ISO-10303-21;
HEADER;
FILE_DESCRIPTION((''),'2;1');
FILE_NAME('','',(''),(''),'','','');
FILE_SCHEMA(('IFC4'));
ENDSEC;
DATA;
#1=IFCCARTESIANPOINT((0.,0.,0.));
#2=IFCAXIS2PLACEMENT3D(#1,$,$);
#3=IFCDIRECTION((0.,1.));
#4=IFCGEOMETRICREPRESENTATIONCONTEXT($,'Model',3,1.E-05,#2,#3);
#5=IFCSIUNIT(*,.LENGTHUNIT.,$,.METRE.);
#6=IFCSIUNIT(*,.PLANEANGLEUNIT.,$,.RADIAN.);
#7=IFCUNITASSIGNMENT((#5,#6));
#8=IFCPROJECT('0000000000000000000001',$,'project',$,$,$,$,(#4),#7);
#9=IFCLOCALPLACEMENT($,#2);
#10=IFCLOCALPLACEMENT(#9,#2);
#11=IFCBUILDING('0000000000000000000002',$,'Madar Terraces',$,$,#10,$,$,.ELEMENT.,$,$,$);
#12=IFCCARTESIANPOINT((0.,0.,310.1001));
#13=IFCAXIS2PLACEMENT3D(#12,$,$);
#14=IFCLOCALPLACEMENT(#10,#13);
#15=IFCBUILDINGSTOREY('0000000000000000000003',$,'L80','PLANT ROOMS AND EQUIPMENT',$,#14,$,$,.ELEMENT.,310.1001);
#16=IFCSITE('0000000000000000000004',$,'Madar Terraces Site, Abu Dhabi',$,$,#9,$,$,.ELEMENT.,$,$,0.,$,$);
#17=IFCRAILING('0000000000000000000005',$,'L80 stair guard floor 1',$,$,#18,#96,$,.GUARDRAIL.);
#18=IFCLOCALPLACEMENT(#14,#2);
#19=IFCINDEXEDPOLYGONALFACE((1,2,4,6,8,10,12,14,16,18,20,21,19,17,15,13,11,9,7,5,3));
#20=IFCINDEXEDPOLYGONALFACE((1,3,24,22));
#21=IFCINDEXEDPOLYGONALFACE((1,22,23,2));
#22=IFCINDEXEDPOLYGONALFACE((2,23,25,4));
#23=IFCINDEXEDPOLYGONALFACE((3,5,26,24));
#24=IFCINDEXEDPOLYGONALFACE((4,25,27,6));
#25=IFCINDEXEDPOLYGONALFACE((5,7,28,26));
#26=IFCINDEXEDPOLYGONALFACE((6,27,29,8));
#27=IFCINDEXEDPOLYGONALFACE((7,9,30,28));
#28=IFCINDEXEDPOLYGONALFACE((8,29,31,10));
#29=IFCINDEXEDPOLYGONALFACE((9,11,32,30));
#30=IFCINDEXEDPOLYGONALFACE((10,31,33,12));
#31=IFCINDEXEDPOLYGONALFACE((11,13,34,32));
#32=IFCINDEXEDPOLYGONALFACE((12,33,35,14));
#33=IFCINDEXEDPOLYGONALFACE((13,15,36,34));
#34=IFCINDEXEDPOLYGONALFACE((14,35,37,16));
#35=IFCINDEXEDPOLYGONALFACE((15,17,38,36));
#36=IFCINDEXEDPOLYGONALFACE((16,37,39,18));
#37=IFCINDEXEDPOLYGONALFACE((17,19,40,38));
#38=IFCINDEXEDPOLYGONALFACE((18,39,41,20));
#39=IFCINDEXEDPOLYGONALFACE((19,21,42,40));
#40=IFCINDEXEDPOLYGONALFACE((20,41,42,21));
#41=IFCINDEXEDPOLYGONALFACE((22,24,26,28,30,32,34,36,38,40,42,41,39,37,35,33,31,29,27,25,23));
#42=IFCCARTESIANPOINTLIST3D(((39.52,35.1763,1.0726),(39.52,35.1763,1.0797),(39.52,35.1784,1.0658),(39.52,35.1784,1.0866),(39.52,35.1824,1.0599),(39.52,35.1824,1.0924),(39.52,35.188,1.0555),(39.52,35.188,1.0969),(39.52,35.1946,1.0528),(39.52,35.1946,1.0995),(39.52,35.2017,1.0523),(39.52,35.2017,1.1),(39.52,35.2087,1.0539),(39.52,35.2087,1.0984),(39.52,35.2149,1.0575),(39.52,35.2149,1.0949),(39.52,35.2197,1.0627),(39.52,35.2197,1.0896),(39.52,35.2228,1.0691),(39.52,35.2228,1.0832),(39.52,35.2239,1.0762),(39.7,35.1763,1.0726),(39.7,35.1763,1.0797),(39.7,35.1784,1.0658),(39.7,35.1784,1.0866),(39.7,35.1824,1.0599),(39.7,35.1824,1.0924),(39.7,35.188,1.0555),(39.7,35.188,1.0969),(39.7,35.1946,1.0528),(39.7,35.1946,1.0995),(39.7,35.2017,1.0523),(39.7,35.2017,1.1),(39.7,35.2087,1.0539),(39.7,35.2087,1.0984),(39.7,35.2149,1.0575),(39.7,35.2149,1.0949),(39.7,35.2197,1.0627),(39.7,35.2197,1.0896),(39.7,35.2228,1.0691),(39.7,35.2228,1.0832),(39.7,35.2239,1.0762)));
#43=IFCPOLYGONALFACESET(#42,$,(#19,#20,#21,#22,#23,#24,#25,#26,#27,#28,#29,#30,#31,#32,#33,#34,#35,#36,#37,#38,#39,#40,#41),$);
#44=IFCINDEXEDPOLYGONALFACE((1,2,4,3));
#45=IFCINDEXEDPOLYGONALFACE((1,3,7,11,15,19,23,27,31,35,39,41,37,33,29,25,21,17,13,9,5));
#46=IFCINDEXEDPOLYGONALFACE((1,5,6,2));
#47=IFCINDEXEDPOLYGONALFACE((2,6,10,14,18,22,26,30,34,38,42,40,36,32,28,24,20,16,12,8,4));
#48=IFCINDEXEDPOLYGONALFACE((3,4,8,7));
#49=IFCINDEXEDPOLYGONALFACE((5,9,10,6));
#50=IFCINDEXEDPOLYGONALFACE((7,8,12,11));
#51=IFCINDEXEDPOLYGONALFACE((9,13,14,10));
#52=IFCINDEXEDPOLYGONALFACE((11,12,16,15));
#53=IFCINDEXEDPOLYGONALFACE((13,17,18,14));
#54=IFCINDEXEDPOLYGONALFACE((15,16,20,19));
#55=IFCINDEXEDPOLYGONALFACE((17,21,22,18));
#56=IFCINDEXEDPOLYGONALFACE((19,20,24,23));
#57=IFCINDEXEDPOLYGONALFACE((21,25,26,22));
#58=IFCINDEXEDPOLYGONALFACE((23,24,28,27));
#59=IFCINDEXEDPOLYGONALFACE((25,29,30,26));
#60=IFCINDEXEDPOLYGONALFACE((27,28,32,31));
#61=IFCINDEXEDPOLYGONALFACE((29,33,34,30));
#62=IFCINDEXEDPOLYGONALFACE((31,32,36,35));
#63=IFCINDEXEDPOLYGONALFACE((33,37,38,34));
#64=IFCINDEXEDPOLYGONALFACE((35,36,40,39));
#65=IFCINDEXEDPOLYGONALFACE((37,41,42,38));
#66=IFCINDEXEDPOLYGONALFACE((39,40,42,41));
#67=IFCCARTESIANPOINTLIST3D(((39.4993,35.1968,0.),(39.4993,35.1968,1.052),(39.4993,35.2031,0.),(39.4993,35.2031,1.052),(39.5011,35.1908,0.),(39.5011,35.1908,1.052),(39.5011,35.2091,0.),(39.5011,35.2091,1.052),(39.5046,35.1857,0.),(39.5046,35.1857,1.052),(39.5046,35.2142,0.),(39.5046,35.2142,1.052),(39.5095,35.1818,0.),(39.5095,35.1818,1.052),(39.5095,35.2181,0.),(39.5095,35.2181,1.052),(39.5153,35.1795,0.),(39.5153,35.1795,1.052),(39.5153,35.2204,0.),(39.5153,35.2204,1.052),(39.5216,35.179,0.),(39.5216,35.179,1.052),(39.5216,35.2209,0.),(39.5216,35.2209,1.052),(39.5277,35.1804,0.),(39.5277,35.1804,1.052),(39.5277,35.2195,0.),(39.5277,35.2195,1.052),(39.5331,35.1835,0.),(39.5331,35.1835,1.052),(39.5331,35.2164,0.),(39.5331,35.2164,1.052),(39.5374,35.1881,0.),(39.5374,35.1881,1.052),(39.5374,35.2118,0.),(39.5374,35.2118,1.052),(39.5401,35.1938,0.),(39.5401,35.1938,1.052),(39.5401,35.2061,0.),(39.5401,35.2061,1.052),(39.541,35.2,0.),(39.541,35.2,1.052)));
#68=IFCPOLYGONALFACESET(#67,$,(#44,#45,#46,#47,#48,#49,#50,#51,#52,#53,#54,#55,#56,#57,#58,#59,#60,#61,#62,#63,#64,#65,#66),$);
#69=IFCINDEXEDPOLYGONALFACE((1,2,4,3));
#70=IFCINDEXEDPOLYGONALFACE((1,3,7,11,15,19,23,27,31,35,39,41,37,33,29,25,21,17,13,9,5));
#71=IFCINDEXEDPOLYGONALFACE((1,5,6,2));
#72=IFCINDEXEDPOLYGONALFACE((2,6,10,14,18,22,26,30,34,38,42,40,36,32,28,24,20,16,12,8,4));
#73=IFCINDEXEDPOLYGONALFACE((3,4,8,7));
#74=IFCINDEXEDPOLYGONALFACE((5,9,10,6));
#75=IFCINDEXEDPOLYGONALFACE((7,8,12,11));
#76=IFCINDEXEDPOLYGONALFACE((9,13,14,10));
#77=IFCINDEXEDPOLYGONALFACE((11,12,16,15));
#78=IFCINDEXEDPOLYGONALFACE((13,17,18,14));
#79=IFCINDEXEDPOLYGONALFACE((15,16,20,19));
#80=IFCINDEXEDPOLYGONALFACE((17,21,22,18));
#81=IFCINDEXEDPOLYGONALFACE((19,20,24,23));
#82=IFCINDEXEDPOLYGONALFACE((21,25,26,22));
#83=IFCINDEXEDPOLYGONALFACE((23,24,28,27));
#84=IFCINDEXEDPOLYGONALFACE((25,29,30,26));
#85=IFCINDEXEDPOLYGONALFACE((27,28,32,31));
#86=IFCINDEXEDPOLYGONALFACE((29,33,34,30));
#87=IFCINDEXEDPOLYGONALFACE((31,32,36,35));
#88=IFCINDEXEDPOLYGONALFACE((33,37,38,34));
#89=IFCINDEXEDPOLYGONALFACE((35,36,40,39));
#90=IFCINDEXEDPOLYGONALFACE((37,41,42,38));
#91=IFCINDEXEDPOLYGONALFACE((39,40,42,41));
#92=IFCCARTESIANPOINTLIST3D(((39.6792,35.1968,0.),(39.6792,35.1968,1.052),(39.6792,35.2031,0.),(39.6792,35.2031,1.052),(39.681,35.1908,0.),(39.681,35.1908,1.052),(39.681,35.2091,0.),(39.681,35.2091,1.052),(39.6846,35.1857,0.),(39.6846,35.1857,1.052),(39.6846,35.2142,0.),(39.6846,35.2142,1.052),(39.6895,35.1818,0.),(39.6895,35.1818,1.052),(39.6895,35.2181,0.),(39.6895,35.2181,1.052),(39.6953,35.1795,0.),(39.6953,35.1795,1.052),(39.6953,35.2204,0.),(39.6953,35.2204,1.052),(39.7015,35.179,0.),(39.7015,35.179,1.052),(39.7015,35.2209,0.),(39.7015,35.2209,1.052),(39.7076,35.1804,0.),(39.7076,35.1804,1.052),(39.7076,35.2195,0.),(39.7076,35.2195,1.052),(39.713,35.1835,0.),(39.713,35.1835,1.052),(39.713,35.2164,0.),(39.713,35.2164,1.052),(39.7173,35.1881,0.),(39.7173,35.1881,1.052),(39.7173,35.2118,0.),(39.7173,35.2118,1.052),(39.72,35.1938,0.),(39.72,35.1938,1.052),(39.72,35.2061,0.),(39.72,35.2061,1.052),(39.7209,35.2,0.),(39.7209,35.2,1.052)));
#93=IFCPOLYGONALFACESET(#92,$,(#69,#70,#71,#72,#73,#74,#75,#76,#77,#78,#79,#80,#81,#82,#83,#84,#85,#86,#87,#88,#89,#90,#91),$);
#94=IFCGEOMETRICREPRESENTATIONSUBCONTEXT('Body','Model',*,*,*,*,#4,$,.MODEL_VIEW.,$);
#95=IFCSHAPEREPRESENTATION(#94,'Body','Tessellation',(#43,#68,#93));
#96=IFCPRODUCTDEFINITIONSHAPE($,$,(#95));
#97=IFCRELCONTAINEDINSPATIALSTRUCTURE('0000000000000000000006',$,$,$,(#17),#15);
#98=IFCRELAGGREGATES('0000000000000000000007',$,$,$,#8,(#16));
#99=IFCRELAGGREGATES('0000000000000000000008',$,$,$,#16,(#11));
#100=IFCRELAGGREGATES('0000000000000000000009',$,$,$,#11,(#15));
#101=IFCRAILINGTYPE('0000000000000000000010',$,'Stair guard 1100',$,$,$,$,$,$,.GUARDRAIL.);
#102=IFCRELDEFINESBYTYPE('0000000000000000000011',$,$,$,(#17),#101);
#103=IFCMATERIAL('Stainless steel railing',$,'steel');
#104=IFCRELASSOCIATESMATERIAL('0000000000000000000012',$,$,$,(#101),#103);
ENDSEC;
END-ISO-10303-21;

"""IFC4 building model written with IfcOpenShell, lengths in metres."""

from ifc_helpers import new_model, si_unit, direction, frame, origin, origin_2d, place, context, subcontext, project, spatial, circle, extrude, material, type_object, element, save


model = new_model("IFC4")

# Units and contexts
model_context = context("Model", 3, precision=1e-05, world=origin(), true_north=direction((0.0, 1.0)))
body_context = subcontext(model_context, "Body", "Model", "MODEL_VIEW")
ifc_project = project(units=[si_unit("LENGTHUNIT", "METRE"), si_unit("PLANEANGLEUNIT", "RADIAN")], contexts=[model_context])

# Site, building, storey
site_placement = place(None, origin())
site = spatial("IfcSite", under=ifc_project, at=site_placement, Name="Madar Terraces Site, Abu Dhabi", CompositionType="ELEMENT", RefElevation=0.0)
building_placement = place(site_placement, origin())
building = spatial("IfcBuilding", under=site, at=building_placement, Name="Madar Terraces", CompositionType="ELEMENT")
storey_placement = place(building_placement, frame((0.0, 0.0, 310.1001)))
storey = spatial("IfcBuildingStorey", under=building, at=storey_placement, Name="L80", Description="PLANT ROOMS AND EQUIPMENT", CompositionType="ELEMENT", Elevation=310.1001)

# Railing
ifc_material_1 = material(Name="Stainless steel railing", Category="steel")
railing_type_1 = type_object("IfcRailingType", Name="Stair guard 1100", PredefinedType="GUARDRAIL", material=ifc_material_1)
for number, where, name in (
    (1, (39.52, 35.2, 0.0), "L80 stair guard floor 1"),
):
    element("IfcRailing", number, at=place(storey_placement, frame(where)), inside=storey, type_object=railing_type_1, Name=name, PredefinedType="GUARDRAIL", context=body_context, shape_type="SweptSolid", body=[
        extrude(circle(Radius=0.0239, at=origin_2d()), frame((0.0, 0.0, 1.0762), z_axis=(1.0, 0.0, 0.0), x_axis=(0.0, 1.0, 0.0)), (0.0, 0.0, 1.0), 0.1799),
        extrude(circle(Radius=0.021, at=origin_2d()), origin(), (0.0, 0.0, 1.0), 1.052),
        extrude(circle(Radius=0.021, at=origin_2d()), frame((0.1799, 0.0, 0.0)), (0.0, 0.0, 1.0), 1.052),
    ])

save(model, "model.ifc")
